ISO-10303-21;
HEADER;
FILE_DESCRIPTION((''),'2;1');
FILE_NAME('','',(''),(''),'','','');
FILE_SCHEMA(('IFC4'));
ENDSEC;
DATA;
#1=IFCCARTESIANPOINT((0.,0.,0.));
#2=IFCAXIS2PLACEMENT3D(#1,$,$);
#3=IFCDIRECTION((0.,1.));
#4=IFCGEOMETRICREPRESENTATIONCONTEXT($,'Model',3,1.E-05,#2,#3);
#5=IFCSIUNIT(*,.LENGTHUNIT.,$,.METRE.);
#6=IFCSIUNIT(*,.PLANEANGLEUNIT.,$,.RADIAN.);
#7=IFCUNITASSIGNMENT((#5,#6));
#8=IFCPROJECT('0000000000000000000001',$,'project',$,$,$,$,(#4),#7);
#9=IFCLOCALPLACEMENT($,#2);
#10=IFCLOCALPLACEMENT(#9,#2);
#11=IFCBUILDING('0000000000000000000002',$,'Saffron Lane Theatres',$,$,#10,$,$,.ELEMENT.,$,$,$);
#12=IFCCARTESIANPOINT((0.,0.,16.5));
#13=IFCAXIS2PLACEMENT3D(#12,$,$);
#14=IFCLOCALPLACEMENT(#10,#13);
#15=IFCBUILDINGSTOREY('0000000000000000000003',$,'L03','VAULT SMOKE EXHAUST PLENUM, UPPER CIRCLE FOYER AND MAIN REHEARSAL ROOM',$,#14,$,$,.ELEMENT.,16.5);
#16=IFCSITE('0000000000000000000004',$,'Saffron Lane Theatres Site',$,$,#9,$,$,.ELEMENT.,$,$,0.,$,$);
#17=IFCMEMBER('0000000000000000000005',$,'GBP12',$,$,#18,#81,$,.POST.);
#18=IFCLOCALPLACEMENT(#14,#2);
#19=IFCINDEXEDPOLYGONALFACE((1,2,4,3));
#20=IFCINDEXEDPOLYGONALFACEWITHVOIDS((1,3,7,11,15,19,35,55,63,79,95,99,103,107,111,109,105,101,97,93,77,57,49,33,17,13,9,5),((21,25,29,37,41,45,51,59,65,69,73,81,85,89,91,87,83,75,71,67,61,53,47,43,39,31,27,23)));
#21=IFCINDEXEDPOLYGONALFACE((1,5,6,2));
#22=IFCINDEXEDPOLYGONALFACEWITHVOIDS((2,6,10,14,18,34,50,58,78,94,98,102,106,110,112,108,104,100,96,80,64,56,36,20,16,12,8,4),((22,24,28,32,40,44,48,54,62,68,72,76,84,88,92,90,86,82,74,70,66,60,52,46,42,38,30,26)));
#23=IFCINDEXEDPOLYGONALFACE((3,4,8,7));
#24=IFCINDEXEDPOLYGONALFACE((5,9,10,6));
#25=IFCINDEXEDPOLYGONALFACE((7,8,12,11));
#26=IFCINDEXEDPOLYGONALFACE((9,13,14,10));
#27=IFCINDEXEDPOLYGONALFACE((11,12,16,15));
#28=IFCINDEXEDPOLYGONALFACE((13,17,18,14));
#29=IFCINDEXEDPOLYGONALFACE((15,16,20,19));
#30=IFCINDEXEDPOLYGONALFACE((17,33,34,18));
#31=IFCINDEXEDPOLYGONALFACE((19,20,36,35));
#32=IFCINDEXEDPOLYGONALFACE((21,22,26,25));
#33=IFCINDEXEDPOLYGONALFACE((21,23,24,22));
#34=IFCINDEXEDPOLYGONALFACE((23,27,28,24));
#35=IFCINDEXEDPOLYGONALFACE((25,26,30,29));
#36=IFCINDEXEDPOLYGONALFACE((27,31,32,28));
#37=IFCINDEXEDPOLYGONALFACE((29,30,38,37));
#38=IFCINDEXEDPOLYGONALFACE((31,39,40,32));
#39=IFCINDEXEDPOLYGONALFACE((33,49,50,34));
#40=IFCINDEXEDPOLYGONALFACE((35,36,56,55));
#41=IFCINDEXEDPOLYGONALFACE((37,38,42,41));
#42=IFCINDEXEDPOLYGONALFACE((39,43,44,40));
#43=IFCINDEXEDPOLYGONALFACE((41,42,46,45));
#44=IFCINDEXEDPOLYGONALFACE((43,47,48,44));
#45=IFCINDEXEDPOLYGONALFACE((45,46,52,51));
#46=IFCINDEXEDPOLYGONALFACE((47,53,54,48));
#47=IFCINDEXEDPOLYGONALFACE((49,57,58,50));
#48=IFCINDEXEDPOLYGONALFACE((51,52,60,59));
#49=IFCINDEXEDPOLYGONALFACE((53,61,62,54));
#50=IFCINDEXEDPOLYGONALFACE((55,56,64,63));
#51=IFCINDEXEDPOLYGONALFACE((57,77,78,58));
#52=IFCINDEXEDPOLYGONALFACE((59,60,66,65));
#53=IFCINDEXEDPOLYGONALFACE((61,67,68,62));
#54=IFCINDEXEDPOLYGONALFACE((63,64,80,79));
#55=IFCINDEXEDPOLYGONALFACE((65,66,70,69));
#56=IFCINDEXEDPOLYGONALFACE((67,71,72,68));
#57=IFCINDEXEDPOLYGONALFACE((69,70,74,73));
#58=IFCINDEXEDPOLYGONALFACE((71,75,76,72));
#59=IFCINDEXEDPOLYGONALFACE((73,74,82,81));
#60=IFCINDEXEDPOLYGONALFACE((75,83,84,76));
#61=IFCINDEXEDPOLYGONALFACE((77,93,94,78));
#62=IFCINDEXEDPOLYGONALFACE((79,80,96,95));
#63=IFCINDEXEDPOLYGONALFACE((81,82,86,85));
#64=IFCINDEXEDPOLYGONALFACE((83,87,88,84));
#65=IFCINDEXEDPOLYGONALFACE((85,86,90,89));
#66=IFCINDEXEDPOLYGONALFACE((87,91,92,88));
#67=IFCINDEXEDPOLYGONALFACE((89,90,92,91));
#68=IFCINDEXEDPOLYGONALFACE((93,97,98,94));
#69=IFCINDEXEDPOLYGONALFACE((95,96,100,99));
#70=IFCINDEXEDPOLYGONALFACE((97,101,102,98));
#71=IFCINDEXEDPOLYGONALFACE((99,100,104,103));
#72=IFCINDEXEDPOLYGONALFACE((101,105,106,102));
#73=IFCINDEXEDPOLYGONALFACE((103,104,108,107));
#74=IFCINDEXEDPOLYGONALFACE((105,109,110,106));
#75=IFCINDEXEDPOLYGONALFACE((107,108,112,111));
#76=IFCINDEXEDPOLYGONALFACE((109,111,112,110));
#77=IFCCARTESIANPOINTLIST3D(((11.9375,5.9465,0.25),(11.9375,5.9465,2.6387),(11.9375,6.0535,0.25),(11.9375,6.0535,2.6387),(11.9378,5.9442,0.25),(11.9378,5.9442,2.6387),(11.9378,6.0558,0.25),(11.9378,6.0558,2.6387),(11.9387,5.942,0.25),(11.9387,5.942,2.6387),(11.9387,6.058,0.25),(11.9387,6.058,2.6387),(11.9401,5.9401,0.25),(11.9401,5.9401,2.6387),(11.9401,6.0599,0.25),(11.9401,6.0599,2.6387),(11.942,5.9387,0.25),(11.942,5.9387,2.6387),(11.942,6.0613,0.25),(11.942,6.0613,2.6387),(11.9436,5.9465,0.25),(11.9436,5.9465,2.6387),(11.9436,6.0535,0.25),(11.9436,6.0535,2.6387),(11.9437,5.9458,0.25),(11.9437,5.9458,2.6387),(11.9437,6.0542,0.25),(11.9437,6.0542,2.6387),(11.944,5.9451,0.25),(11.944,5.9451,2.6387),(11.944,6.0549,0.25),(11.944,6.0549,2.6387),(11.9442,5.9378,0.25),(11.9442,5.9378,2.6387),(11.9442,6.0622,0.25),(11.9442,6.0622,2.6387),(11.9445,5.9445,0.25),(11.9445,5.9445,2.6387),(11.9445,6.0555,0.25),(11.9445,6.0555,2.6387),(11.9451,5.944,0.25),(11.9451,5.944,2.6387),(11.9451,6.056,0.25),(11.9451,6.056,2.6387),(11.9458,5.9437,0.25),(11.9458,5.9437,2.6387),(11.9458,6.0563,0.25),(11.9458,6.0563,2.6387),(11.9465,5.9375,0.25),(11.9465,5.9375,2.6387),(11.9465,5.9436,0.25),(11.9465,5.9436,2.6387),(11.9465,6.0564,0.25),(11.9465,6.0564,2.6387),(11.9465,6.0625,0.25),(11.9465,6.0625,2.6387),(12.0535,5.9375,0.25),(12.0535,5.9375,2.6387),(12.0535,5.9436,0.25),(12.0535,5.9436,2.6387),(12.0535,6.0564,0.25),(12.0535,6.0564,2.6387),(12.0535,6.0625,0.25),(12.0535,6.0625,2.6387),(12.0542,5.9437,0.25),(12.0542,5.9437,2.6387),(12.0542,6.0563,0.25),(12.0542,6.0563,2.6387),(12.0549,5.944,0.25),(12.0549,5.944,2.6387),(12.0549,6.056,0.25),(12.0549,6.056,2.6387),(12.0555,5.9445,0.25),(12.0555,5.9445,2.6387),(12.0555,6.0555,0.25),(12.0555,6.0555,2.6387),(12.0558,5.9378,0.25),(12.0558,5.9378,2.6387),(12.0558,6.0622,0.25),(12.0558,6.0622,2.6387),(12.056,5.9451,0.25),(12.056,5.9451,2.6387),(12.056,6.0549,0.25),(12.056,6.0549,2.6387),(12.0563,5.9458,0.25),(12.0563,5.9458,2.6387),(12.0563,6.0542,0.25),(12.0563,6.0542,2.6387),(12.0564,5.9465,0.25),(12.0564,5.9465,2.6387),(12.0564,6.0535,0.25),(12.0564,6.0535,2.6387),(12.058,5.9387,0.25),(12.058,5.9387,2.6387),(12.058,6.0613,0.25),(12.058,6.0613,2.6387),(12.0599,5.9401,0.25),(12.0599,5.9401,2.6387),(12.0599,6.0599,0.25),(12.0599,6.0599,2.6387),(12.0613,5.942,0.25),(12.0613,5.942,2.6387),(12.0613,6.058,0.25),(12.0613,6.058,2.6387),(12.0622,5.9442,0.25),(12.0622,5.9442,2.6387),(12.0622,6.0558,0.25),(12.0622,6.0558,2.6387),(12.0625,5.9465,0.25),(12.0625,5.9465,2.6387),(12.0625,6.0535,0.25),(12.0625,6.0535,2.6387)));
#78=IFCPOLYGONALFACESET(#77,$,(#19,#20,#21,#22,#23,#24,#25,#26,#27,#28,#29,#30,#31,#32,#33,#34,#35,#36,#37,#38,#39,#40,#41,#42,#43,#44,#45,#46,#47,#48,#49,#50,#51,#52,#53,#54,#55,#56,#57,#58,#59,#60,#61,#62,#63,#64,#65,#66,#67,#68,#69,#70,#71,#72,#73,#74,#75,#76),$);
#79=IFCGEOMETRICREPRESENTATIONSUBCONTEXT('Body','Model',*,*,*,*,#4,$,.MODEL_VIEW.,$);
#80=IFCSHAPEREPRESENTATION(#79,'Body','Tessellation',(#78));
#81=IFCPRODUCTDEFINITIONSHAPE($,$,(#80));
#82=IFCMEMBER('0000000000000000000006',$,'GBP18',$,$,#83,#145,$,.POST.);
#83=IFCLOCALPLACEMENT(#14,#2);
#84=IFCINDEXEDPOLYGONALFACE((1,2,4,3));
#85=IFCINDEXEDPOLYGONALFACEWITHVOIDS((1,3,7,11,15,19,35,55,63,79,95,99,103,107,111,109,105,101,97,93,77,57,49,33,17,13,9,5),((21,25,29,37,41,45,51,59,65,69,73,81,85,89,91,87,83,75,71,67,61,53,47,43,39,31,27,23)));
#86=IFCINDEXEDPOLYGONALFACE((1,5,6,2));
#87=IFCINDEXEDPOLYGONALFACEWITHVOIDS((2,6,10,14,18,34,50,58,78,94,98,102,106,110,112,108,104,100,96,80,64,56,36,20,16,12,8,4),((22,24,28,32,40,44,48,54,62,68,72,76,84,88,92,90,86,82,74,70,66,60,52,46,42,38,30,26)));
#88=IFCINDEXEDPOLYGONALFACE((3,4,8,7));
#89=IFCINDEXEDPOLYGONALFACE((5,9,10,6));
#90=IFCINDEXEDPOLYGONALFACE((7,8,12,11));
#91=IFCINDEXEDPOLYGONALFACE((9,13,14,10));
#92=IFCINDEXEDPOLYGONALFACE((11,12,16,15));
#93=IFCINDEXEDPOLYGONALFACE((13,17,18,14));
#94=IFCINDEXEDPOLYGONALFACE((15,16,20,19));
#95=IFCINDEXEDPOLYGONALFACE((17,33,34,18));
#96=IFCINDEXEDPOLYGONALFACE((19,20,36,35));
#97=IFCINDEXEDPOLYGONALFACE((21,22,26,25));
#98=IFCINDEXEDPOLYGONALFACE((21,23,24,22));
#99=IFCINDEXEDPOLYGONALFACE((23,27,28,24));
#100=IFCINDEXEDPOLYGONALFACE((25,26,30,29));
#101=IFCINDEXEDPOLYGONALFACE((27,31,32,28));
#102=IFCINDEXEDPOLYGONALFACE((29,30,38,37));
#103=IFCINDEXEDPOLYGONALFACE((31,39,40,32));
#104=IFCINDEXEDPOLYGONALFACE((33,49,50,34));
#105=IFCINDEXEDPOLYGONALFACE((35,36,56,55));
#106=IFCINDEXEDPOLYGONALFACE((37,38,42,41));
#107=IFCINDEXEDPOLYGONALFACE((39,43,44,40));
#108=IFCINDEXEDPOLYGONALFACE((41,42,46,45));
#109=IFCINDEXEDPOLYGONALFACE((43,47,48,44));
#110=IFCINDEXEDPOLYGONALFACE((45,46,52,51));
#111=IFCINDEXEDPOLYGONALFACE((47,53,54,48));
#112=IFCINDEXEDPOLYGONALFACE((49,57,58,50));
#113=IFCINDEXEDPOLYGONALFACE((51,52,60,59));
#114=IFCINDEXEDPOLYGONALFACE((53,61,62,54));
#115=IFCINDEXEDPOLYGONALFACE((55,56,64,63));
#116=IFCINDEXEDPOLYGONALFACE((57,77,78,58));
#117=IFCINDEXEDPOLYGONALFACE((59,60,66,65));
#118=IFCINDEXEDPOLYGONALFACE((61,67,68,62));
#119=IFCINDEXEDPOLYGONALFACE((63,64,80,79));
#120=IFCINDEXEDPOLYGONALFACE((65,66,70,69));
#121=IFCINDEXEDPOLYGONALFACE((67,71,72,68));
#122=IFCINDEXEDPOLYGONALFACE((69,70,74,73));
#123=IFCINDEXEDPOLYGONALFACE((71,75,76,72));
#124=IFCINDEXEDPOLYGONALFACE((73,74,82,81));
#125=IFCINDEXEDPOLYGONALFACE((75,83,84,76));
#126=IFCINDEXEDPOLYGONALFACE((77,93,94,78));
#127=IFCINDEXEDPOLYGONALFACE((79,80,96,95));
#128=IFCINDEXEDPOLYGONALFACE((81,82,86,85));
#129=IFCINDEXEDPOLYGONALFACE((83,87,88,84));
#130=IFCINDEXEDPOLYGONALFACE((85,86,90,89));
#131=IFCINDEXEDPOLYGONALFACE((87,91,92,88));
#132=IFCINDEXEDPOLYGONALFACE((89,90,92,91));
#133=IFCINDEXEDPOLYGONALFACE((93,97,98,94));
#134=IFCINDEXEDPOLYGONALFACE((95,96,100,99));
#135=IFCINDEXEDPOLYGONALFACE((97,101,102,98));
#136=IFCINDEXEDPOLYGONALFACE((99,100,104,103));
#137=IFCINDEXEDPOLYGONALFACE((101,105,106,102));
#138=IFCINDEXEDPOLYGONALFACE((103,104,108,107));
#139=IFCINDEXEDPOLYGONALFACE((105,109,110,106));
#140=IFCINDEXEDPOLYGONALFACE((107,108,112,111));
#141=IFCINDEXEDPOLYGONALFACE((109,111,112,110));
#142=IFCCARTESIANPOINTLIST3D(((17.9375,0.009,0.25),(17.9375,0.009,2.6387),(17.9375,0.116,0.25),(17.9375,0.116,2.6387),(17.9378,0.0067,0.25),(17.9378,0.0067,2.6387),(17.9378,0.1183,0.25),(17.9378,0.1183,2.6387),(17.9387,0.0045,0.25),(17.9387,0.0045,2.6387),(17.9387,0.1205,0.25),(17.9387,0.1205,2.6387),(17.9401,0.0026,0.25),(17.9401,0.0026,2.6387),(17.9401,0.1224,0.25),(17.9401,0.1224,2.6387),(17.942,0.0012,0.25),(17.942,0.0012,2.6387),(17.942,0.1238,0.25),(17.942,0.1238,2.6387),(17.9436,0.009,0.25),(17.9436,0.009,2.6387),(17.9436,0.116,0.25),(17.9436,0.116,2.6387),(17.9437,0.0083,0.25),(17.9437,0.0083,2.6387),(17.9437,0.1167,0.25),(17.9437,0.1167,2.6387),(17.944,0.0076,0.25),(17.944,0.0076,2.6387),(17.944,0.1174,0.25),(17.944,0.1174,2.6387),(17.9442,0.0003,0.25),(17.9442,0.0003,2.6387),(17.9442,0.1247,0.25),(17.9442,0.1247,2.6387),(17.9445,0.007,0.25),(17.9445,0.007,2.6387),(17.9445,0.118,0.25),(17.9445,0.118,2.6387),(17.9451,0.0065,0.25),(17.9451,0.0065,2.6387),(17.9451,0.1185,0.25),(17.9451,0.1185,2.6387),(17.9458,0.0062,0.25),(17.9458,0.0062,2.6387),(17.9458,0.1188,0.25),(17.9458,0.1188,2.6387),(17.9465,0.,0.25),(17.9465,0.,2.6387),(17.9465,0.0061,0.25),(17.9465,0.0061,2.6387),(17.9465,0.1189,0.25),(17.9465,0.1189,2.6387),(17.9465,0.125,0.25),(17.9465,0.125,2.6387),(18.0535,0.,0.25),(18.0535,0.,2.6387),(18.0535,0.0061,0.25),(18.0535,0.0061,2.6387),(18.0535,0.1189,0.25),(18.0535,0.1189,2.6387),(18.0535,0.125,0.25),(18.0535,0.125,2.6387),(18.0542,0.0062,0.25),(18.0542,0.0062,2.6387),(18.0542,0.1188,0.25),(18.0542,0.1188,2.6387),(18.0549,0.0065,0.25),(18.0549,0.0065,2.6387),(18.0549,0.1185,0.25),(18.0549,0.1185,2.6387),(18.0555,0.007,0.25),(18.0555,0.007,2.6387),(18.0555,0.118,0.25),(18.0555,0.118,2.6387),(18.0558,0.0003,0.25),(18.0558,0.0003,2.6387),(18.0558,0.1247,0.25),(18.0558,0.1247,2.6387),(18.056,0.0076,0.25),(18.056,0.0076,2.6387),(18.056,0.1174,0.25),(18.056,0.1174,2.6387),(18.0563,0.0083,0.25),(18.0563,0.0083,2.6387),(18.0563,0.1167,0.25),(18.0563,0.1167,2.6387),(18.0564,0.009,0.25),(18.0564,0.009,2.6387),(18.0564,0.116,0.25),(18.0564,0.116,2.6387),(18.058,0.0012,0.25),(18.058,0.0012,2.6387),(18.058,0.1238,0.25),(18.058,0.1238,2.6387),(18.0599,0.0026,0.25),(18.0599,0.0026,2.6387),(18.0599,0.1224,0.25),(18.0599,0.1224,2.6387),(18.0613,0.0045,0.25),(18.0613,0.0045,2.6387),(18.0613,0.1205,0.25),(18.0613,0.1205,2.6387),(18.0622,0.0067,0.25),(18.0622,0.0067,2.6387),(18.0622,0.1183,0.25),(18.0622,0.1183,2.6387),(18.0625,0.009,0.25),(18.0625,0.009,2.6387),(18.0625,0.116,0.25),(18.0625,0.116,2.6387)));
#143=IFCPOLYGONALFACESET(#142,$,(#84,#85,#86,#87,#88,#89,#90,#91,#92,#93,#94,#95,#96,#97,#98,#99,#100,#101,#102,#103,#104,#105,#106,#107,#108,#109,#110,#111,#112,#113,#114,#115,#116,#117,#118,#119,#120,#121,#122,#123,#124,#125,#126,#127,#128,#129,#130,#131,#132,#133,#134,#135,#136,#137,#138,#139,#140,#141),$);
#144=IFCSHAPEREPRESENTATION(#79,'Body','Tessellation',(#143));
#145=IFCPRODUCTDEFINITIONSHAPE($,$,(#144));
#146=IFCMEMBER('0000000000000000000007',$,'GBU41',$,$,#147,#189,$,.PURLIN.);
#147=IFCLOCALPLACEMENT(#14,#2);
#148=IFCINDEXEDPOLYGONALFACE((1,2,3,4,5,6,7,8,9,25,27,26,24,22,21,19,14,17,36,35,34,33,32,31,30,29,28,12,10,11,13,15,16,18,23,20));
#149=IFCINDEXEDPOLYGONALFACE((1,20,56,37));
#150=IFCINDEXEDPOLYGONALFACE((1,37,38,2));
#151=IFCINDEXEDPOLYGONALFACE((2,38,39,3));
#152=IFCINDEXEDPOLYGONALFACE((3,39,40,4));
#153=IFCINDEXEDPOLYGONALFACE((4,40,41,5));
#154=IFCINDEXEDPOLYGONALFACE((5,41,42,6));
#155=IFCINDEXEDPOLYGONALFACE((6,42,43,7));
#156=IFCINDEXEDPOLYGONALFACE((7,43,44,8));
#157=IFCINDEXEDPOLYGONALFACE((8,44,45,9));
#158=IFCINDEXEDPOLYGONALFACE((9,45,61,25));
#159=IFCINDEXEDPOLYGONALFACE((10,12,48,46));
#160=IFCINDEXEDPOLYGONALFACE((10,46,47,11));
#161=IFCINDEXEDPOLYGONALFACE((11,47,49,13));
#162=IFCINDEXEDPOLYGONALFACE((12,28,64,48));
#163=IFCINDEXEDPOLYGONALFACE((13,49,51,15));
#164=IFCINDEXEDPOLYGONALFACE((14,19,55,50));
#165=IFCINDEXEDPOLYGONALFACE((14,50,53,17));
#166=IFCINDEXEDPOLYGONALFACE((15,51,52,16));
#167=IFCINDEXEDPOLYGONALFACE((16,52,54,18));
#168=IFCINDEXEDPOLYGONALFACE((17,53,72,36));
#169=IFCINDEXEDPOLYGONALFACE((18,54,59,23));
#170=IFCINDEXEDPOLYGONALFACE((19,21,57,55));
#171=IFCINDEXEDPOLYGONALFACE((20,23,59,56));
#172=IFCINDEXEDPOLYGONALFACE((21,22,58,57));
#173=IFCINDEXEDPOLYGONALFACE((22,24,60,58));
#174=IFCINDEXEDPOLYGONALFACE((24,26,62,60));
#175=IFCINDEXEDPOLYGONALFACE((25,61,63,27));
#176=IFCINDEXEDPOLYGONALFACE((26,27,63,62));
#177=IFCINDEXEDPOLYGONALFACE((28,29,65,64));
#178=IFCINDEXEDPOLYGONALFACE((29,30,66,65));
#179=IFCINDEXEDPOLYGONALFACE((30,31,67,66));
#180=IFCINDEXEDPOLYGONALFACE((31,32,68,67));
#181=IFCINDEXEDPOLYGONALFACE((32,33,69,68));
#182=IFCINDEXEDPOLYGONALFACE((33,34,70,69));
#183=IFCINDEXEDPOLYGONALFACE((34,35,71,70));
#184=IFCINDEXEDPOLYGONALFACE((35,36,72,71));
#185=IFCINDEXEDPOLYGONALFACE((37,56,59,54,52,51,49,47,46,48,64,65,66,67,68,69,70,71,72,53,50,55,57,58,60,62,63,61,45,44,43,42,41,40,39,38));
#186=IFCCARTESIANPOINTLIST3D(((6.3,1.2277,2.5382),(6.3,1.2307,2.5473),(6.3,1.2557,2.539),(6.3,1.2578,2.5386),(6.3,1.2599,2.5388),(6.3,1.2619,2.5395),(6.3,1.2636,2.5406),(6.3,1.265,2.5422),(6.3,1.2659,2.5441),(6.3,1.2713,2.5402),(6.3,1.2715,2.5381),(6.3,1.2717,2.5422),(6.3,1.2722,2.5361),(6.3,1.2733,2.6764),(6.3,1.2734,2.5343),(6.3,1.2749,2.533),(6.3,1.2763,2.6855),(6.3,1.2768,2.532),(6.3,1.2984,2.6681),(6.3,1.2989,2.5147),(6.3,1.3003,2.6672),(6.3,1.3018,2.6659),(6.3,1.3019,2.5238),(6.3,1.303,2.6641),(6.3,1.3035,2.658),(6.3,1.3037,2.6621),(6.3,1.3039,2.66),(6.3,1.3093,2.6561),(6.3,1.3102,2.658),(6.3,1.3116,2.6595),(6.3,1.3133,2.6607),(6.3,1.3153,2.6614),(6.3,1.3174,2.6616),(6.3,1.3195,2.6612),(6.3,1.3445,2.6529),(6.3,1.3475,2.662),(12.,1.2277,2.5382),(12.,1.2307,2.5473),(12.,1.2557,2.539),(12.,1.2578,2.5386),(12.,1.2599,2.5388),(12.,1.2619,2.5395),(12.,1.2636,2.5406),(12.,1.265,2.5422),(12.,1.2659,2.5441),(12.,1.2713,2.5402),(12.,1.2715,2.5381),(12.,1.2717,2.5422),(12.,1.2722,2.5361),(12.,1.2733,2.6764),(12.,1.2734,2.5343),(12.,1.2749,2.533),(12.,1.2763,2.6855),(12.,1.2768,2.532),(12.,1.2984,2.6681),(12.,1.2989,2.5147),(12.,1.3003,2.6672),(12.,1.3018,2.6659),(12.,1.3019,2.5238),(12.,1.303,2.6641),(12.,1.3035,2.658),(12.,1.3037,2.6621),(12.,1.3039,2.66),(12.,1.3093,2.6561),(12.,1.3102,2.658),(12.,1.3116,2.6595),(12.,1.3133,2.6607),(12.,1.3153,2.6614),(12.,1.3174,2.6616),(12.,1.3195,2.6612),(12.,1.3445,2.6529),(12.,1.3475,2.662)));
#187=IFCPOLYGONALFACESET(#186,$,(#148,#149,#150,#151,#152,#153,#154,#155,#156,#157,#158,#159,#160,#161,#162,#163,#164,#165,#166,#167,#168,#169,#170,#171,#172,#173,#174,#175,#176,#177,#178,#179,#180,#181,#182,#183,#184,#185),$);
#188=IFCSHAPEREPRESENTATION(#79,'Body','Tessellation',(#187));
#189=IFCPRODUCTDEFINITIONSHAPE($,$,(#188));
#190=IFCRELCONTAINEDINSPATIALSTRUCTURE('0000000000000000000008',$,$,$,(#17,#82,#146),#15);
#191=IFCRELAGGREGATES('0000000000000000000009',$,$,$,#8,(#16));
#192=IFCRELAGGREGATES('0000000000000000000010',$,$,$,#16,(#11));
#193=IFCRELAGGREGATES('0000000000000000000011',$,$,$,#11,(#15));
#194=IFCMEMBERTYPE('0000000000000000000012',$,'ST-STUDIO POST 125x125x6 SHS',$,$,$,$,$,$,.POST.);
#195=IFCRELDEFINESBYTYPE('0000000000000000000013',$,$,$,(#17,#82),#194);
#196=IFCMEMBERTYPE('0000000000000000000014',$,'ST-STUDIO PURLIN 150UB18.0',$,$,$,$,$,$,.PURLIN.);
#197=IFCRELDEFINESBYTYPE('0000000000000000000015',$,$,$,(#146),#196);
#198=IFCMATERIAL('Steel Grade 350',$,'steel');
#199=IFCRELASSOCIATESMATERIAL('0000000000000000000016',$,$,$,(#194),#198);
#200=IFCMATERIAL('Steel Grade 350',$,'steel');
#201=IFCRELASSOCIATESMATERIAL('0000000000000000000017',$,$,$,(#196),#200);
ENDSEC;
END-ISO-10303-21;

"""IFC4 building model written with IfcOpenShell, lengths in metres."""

from ifc_helpers import new_model, si_unit, direction, frame, origin, origin_2d, place, context, subcontext, project, spatial, hollow_rectangle, i_section, extrude, material, material_profile, profile_set, type_object, element, save


model = new_model("IFC4")

# Units and contexts
model_context = context("Model", 3, precision=1e-05, world=origin(), true_north=direction((0.0, 1.0)))
body_context = subcontext(model_context, "Body", "Model", "MODEL_VIEW")
ifc_project = project(units=[si_unit("LENGTHUNIT", "METRE"), si_unit("PLANEANGLEUNIT", "RADIAN")], contexts=[model_context])

# Site, building, storey
site_placement = place(None, origin())
site = spatial("IfcSite", under=ifc_project, at=site_placement, Name="Saffron Lane Theatres Site", CompositionType="ELEMENT", RefElevation=0.0)
building_placement = place(site_placement, origin())
building = spatial("IfcBuilding", under=site, at=building_placement, Name="Saffron Lane Theatres", CompositionType="ELEMENT")
storey_placement = place(building_placement, frame((0.0, 0.0, 16.5)))
storey = spatial("IfcBuildingStorey", under=building, at=storey_placement, Name="L03", Description="VAULT SMOKE EXHAUST PLENUM, UPPER CIRCLE FOYER AND MAIN REHEARSAL ROOM", CompositionType="ELEMENT", Elevation=16.5)

# Members
ifc_material_1 = material(Name="Steel Grade 350", Category="steel")
ifc_material_profile_1 = material_profile(ifc_material_1, hollow_rectangle(XDim=0.125, YDim=0.125, WallThickness=0.0061, InnerFilletRadius=0.0029, OuterFilletRadius=0.009, at=origin_2d()))
ifc_profile_set_1 = profile_set([ifc_material_profile_1], Name="Steel Grade 350")
member_type_1 = type_object("IfcMemberType", Name="ST-STUDIO POST 125x125x6 SHS", PredefinedType="POST", material=ifc_profile_set_1)
for number, where, z_axis, x_axis, name in (
    (1, (12.0, 6.0, 0.25), (0.0, 0.0, 1.0), (1.0, 0.0, 0.0), "GBP12"),
    (2, (18.0, 0.0625, 0.25), (0.0, 0.0, 1.0), (1.0, 0.0, 0.0), "GBP18"),
):
    element("IfcMember", number, at=place(storey_placement, frame(where, z_axis=z_axis, x_axis=x_axis)), inside=storey, type_object=member_type_1, Name=name, PredefinedType="POST", context=body_context, shape_type="SweptSolid", body=[
        extrude(hollow_rectangle(XDim=0.125, YDim=0.125, WallThickness=0.0061, InnerFilletRadius=0.0029, OuterFilletRadius=0.009, at=origin_2d()), origin(), (0.0, 0.0, 1.0), 2.3887),
    ])
ifc_material_2 = material(Name="Steel Grade 350", Category="steel")
ifc_material_profile_2 = material_profile(ifc_material_2, i_section(OverallWidth=0.075, OverallDepth=0.155, WebThickness=0.0061, FlangeThickness=0.0095, FilletRadius=0.0081, at=origin_2d()))
ifc_profile_set_2 = profile_set([ifc_material_profile_2], Name="Steel Grade 350")
member_type_2 = type_object("IfcMemberType", Name="ST-STUDIO PURLIN 150UB18.0", PredefinedType="PURLIN", material=ifc_profile_set_2)
member_1_placement = place(storey_placement, frame((6.3, 1.2876, 2.6001), z_axis=(1.0, 0.0, 0.0), x_axis=(0.0, 0.949629, -0.313377)))
element("IfcMember", 3, at=member_1_placement, inside=storey, type_object=member_type_2, Name="GBU41", PredefinedType="PURLIN", context=body_context, shape_type="SweptSolid", body=[
    extrude(i_section(OverallWidth=0.075, OverallDepth=0.155, WebThickness=0.0061, FlangeThickness=0.0095, FilletRadius=0.0081, at=origin_2d()), origin(), (0.0, 0.0, 1.0), 5.7),
])

save(model, "model.ifc")
